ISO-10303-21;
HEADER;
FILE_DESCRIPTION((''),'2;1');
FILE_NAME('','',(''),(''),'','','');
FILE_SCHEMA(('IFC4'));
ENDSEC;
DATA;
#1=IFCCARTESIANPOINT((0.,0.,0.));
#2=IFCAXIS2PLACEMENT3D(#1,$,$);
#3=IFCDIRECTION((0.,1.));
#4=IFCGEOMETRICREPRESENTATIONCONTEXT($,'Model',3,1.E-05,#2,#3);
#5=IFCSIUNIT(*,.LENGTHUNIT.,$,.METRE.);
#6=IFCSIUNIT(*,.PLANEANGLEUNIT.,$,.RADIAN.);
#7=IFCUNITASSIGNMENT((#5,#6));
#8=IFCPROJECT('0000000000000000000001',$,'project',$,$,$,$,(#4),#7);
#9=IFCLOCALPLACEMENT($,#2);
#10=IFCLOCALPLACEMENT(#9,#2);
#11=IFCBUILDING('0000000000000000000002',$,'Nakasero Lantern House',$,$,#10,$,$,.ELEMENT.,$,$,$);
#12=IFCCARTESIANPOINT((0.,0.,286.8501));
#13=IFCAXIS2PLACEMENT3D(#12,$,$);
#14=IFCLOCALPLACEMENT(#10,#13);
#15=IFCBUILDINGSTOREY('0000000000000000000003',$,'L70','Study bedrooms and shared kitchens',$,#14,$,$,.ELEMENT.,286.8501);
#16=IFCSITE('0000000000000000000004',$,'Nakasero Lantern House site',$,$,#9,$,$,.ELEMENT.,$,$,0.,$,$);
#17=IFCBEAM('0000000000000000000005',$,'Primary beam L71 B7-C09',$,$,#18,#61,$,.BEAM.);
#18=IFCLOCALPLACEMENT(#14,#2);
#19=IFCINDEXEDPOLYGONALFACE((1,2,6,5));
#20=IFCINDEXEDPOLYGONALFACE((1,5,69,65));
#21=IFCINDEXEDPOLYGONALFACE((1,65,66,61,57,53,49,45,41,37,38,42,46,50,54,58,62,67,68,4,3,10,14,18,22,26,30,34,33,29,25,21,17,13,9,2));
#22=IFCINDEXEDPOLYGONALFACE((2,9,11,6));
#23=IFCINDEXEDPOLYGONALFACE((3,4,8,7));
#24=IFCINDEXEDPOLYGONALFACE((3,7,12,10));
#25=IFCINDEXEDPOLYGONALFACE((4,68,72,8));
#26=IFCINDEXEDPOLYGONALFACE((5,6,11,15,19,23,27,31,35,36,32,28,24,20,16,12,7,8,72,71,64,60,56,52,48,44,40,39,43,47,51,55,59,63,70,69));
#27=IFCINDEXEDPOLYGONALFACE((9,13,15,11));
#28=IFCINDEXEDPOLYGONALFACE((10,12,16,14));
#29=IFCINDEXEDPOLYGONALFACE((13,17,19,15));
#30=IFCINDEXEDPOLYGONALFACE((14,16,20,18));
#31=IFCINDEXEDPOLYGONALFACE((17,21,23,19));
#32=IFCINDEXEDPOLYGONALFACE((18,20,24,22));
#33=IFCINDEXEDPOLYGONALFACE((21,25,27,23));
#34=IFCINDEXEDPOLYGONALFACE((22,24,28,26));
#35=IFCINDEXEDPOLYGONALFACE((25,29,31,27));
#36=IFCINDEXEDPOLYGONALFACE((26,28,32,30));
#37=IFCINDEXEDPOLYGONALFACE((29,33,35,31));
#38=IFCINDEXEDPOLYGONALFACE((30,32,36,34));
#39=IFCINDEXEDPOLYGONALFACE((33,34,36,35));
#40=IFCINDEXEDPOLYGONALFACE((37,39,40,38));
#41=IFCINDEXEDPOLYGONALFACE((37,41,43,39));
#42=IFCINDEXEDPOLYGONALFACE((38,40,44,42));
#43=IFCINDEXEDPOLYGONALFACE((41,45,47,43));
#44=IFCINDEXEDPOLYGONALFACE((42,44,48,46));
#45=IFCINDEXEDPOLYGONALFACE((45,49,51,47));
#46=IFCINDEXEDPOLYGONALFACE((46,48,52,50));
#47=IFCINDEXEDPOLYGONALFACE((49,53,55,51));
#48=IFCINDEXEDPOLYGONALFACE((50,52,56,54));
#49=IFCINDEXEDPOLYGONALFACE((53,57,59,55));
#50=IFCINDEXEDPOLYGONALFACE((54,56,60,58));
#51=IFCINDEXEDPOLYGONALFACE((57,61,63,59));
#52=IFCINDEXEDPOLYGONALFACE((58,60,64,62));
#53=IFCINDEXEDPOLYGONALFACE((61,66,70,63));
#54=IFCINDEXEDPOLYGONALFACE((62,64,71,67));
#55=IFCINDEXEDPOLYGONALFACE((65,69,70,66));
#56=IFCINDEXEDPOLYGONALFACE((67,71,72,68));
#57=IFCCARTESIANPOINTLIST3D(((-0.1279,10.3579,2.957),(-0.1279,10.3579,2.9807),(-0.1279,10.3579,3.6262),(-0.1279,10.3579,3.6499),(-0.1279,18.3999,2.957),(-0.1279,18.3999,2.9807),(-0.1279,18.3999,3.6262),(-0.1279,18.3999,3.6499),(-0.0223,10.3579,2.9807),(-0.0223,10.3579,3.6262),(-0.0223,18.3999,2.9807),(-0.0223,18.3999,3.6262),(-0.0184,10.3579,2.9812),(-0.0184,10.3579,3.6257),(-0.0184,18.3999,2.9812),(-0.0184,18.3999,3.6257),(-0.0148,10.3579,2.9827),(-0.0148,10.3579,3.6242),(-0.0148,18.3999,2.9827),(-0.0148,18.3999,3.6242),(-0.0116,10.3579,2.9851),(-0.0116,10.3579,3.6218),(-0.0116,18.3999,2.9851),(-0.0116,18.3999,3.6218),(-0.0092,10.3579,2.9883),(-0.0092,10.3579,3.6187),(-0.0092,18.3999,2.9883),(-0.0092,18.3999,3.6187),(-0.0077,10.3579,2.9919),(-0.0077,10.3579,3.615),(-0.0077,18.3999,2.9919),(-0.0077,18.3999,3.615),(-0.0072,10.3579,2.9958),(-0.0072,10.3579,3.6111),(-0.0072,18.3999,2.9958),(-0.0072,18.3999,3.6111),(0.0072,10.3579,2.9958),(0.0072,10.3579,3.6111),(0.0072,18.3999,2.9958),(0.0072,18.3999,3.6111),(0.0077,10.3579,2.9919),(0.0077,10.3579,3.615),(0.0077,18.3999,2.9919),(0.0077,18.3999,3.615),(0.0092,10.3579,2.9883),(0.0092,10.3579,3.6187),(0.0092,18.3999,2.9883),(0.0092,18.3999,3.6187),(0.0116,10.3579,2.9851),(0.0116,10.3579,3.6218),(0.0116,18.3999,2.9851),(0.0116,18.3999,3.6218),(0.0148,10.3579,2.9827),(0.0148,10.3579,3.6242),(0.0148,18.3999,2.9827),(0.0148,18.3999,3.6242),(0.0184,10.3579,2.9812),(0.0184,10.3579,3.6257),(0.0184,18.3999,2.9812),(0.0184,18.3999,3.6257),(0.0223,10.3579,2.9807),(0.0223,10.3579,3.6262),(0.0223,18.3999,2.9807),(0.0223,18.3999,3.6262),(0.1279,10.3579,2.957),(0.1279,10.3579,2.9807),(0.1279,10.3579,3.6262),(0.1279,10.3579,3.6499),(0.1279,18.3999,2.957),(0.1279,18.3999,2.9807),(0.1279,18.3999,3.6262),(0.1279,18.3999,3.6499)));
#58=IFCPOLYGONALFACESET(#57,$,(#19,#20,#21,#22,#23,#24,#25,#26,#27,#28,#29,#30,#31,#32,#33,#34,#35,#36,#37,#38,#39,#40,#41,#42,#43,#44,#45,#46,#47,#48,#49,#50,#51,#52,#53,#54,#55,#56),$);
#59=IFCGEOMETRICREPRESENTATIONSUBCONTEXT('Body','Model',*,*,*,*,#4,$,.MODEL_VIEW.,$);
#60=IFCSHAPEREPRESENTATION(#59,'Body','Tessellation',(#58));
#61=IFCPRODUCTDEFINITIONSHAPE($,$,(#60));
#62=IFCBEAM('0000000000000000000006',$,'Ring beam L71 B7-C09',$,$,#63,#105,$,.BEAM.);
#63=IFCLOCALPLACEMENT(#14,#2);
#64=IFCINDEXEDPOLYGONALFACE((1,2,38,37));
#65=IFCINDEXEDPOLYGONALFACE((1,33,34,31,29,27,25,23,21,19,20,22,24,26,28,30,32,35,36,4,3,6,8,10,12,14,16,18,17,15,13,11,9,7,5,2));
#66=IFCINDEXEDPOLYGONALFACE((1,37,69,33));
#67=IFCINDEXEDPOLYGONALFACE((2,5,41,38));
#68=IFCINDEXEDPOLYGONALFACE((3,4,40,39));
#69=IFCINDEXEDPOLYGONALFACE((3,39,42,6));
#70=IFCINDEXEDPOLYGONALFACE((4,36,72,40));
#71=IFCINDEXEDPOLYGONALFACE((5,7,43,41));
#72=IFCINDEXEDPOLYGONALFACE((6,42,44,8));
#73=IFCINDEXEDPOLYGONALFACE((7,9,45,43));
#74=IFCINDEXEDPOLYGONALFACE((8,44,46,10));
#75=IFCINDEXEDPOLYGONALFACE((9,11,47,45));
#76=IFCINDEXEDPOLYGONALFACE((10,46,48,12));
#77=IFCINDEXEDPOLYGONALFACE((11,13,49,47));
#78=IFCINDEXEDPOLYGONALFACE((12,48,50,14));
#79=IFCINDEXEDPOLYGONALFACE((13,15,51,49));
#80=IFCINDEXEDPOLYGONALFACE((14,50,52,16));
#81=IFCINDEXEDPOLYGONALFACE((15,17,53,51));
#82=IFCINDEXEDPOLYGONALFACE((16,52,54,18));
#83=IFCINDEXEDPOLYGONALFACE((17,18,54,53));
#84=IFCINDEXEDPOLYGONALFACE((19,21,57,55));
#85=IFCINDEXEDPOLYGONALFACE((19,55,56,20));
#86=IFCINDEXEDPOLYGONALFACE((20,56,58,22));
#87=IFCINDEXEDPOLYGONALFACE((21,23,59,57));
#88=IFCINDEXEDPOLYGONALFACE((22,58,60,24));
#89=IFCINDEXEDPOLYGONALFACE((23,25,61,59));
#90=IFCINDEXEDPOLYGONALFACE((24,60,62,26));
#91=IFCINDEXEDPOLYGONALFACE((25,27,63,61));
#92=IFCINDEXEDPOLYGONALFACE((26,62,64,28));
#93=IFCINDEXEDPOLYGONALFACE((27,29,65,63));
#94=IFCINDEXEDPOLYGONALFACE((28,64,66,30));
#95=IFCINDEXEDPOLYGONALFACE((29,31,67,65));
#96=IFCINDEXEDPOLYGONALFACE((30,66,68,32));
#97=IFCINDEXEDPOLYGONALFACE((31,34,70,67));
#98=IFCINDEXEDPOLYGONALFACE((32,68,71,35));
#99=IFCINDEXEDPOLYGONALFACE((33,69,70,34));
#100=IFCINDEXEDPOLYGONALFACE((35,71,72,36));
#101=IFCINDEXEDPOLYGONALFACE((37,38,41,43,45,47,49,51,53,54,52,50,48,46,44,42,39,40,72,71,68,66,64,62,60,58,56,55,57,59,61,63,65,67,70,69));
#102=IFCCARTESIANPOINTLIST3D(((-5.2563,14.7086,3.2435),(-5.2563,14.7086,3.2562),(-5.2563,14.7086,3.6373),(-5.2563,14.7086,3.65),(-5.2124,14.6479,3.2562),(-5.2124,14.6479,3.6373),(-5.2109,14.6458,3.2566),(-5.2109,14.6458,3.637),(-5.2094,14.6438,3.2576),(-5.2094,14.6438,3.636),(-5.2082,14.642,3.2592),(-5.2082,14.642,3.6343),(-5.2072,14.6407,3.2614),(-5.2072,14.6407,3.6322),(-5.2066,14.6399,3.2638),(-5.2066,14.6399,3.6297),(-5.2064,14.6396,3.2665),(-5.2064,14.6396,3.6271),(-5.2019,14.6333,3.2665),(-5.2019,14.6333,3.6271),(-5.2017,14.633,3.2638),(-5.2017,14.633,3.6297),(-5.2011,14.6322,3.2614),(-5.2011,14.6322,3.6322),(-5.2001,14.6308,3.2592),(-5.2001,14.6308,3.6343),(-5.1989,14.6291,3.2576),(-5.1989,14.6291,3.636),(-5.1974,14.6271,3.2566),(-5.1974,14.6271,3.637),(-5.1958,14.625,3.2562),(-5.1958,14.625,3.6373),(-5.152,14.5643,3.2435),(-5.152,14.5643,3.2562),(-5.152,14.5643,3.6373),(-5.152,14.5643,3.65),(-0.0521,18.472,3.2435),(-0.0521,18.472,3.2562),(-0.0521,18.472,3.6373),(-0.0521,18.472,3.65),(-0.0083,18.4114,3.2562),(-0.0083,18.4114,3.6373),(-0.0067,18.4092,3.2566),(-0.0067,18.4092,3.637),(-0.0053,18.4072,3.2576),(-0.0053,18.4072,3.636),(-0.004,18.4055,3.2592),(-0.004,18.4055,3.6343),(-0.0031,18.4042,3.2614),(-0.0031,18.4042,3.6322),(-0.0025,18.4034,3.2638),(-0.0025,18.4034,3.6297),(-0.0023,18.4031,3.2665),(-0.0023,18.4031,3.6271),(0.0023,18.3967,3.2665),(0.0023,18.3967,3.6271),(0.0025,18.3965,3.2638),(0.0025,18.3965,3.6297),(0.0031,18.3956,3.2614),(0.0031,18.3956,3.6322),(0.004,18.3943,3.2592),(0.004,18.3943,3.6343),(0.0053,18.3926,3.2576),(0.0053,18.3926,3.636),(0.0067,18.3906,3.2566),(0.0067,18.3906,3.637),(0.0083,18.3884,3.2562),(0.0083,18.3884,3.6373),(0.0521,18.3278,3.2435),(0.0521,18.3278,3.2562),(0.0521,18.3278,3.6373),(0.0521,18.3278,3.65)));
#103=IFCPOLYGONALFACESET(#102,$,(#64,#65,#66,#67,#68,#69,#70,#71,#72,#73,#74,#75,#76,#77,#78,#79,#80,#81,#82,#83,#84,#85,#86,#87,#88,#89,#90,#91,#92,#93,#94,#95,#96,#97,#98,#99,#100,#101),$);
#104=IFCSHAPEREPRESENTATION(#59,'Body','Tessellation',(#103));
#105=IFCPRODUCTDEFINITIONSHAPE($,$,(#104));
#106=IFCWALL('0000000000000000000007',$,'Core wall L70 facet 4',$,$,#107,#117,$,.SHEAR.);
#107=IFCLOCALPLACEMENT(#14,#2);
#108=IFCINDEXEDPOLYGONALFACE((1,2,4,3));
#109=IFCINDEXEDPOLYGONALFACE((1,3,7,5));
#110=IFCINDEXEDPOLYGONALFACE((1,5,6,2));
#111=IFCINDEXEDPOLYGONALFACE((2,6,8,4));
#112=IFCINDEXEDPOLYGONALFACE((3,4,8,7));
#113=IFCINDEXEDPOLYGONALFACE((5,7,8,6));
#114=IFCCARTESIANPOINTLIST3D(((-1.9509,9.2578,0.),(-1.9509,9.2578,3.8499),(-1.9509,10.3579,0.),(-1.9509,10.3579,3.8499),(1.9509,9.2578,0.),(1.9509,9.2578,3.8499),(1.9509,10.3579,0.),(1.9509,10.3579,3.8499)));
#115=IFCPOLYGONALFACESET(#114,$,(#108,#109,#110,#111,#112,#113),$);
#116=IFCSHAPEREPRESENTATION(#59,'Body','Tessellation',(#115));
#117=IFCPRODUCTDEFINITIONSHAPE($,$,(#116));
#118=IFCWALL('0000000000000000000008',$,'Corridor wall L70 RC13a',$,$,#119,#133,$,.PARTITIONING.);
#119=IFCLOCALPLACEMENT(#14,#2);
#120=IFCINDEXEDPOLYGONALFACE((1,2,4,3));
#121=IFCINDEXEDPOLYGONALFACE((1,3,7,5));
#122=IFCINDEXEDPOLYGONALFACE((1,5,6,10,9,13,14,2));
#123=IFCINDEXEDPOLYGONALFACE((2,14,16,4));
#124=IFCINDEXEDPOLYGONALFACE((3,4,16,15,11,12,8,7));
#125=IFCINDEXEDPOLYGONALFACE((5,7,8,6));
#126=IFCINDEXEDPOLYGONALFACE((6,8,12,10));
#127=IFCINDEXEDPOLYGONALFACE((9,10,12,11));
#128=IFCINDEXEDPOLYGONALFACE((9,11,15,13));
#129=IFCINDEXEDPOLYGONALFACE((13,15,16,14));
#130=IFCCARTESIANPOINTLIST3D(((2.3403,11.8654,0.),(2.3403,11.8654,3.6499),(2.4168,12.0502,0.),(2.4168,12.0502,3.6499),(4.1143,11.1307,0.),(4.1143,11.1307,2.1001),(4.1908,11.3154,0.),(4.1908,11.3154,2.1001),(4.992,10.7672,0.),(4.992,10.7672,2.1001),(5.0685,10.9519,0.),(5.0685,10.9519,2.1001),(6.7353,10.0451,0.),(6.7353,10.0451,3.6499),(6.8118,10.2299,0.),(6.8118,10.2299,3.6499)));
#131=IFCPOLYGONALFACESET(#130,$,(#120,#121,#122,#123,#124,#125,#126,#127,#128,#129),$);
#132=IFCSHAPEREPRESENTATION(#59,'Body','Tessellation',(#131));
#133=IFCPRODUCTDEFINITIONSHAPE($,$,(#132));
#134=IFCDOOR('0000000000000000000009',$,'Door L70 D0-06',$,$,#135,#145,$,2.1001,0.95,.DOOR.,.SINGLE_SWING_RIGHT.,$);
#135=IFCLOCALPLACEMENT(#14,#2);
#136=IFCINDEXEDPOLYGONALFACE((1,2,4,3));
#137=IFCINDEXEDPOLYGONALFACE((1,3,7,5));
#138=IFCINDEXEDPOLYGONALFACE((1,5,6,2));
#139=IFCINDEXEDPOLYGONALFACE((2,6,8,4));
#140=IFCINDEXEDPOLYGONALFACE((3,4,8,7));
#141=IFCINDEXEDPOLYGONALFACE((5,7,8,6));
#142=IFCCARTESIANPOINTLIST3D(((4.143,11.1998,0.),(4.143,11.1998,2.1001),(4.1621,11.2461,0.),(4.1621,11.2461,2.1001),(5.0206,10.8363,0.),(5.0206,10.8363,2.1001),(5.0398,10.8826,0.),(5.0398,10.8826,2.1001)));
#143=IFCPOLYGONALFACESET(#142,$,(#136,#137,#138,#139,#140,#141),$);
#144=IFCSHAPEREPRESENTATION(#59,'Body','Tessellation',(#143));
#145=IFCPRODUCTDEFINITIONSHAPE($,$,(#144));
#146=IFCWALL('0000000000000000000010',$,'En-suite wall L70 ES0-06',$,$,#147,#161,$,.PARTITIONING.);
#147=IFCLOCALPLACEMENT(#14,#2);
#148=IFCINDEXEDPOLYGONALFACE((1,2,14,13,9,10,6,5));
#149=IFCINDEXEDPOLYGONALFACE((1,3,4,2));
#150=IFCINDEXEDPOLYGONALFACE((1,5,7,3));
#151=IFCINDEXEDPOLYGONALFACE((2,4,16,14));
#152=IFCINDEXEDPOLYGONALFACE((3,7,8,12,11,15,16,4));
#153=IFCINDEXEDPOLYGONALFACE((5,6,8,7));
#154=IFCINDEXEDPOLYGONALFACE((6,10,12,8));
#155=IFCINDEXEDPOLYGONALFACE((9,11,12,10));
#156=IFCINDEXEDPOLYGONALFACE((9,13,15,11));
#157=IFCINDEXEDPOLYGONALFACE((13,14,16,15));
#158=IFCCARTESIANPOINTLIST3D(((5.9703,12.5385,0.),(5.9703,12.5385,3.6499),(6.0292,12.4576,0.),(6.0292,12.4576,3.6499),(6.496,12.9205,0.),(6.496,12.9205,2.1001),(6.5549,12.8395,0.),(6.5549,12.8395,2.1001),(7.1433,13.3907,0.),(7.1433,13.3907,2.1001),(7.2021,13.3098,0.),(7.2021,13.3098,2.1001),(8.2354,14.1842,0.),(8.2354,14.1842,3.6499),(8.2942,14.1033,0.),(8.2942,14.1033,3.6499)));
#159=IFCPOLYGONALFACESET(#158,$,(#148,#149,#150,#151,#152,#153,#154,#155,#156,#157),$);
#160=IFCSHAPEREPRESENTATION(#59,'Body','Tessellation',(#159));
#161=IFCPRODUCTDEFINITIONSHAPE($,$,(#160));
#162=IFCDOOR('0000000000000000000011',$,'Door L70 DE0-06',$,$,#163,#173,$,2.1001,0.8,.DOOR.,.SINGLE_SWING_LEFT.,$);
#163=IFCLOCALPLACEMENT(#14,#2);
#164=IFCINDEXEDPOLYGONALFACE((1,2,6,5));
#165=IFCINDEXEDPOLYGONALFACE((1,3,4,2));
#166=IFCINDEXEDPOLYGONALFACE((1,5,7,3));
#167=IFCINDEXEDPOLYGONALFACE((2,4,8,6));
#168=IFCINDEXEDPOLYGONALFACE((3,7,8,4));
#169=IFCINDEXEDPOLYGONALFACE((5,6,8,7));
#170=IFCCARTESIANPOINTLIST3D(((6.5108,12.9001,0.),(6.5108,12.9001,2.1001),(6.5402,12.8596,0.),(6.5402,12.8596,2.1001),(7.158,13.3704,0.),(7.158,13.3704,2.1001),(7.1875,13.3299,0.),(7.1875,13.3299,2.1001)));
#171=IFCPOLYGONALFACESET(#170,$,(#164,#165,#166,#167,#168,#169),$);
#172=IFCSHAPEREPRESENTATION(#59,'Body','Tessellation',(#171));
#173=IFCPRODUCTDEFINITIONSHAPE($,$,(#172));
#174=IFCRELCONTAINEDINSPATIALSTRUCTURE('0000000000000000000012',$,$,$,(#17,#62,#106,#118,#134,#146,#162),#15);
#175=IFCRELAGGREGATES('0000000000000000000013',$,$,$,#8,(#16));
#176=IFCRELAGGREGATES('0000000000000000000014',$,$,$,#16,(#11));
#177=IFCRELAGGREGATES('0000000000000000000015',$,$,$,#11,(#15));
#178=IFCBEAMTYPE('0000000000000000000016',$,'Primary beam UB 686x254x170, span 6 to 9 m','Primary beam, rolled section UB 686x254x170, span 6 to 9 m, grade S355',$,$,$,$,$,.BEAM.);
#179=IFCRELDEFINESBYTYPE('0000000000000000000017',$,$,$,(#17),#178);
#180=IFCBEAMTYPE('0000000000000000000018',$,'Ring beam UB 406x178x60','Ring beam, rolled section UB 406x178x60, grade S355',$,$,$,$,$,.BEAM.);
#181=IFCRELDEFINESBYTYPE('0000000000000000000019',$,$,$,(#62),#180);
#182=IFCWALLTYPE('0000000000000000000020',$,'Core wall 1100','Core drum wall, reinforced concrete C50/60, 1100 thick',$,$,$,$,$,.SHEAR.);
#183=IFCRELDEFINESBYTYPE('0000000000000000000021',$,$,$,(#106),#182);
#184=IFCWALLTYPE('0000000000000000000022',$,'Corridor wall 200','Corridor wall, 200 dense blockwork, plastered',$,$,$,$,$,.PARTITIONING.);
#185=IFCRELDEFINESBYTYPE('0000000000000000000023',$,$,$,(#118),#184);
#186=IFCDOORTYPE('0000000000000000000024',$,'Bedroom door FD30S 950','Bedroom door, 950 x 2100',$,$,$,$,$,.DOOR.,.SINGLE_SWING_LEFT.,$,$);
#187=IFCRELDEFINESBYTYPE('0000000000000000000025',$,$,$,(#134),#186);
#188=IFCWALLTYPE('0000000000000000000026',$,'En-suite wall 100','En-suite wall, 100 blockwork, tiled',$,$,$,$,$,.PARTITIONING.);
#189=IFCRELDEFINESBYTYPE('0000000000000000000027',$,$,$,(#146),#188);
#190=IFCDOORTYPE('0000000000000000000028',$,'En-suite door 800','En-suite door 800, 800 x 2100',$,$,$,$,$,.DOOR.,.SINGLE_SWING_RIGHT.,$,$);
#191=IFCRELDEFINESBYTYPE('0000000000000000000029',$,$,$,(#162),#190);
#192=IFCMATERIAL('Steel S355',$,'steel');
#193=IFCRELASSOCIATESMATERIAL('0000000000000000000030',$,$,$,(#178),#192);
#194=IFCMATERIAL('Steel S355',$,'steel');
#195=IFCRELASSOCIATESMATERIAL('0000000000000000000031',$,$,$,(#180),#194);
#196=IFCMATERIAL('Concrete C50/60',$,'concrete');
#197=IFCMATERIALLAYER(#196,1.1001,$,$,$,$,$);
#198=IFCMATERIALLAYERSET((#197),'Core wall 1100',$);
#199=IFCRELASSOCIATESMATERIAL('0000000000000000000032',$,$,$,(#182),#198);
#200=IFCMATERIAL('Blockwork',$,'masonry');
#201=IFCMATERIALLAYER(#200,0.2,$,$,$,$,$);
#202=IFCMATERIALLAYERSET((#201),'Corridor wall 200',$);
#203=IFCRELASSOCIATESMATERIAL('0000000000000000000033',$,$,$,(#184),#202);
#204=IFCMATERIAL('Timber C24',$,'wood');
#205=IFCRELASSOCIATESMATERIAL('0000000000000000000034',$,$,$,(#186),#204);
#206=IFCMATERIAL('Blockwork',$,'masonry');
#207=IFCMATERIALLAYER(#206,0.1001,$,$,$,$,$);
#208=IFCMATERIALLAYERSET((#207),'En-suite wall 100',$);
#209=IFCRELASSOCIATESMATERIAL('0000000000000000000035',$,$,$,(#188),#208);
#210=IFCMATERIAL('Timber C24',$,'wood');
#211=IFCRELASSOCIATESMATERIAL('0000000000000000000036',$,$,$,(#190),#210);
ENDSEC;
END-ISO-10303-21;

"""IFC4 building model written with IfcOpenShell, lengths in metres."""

from ifc_helpers import new_model, si_unit, direction, frame, frame_2d, origin, origin_2d, place, context, subcontext, project, spatial, rectangle, i_section, extrude, material, layer, layer_set, material_profile, profile_set, type_object, element, fill, save


model = new_model("IFC4")

# Units and contexts
model_context = context("Model", 3, precision=1e-05, world=origin(), true_north=direction((0.0, 1.0)))
body_context = subcontext(model_context, "Body", "Model", "MODEL_VIEW")
ifc_project = project(units=[si_unit("LENGTHUNIT", "METRE"), si_unit("PLANEANGLEUNIT", "RADIAN")], contexts=[model_context])

# Site, building, storey
site_placement = place(None, origin())
site = spatial("IfcSite", under=ifc_project, at=site_placement, Name="Nakasero Lantern House site", CompositionType="ELEMENT", RefElevation=0.0)
building_placement = place(site_placement, origin())
building = spatial("IfcBuilding", under=site, at=building_placement, Name="Nakasero Lantern House", CompositionType="ELEMENT")
storey_placement = place(building_placement, frame((0.0, 0.0, 286.8501)))
storey = spatial("IfcBuildingStorey", under=building, at=storey_placement, Name="L70", Description="Study bedrooms and shared kitchens", CompositionType="ELEMENT", Elevation=286.8501)

# Beams
ifc_material_1 = material(Name="Steel S355", Category="steel")
ifc_material_profile_1 = material_profile(ifc_material_1, i_section(OverallWidth=0.2559, OverallDepth=0.6929, WebThickness=0.0144, FlangeThickness=0.0237, FilletRadius=0.0151, at=origin_2d()), Name="UB 686x254x170")
ifc_profile_set_1 = profile_set([ifc_material_profile_1], Name="Steel S355")
beam_type_1 = type_object("IfcBeamType", Name="Primary beam UB 686x254x170, span 6 to 9 m", Description="Primary beam, rolled section UB 686x254x170, span 6 to 9 m, grade S355", PredefinedType="BEAM", material=ifc_profile_set_1)
beam_1_placement = place(storey_placement, frame((0.0, 18.3999, 3.3035), z_axis=(0.0, -1.0, 0.0), x_axis=(1.0, 0.0, 0.0)))
element("IfcBeam", 1, at=beam_1_placement, inside=storey, type_object=beam_type_1, Name="Primary beam L71 B7-C09", PredefinedType="BEAM", context=body_context, shape_type="SweptSolid", body=[
    extrude(i_section(OverallWidth=0.2559, OverallDepth=0.6929, WebThickness=0.0144, FlangeThickness=0.0237, FilletRadius=0.0151, at=origin_2d()), origin(), (0.0, 0.0, 1.0), 8.042),
])
ifc_material_2 = material(Name="Steel S355", Category="steel")
ifc_material_profile_2 = material_profile(ifc_material_2, i_section(OverallWidth=0.178, OverallDepth=0.4065, WebThickness=0.0078, FlangeThickness=0.0127, FilletRadius=0.0103, at=origin_2d()), Name="UB 406x178x60")
ifc_profile_set_2 = profile_set([ifc_material_profile_2], Name="Steel S355")
beam_type_2 = type_object("IfcBeamType", Name="Ring beam UB 406x178x60", Description="Ring beam, rolled section UB 406x178x60, grade S355", PredefinedType="BEAM", material=ifc_profile_set_2)
beam_2_placement = place(storey_placement, frame((0.0, 18.3999, 3.4468), z_axis=(-0.810316, -0.585993, 0.0), x_axis=(0.585993, -0.810316, 0.0)))
element("IfcBeam", 2, at=beam_2_placement, inside=storey, type_object=beam_type_2, Name="Ring beam L71 B7-C09", PredefinedType="BEAM", context=body_context, shape_type="SweptSolid", body=[
    extrude(i_section(OverallWidth=0.178, OverallDepth=0.4065, WebThickness=0.0078, FlangeThickness=0.0127, FilletRadius=0.0103, at=origin_2d()), origin(), (0.0, 0.0, 1.0), 6.4224),
])

# Wall
ifc_material_3 = material(Name="Concrete C50/60", Category="concrete")
ifc_layer_1 = layer(ifc_material_3, 1.1001)
ifc_layer_set_1 = layer_set([ifc_layer_1], Name="Core wall 1100")
wall_type_1 = type_object("IfcWallType", Name="Core wall 1100", Description="Core drum wall, reinforced concrete C50/60, 1100 thick", PredefinedType="SHEAR", material=ifc_layer_set_1)
wall_1_placement = place(storey_placement, frame((1.9509, 9.8079, 0.0), z_axis=(0.0, 0.0, 1.0), x_axis=(-1.0, 0.0, 0.0)))
element("IfcWall", 3, at=wall_1_placement, inside=storey, type_object=wall_type_1, Name="Core wall L70 facet 4", PredefinedType="SHEAR", context=body_context, shape_type="SweptSolid", body=[
    extrude(rectangle(XDim=3.9019, YDim=1.1001, at=frame_2d((1.9509, 0.0))), origin(), (0.0, 0.0, 1.0), 3.8499),
])

# Walls, openings, doors
ifc_material_4 = material(Name="Blockwork", Category="masonry")
ifc_layer_2 = layer(ifc_material_4, 0.2)
ifc_layer_set_2 = layer_set([ifc_layer_2], Name="Corridor wall 200")
wall_type_2 = type_object("IfcWallType", Name="Corridor wall 200", Description="Corridor wall, 200 dense blockwork, plastered", PredefinedType="PARTITIONING", material=ifc_layer_set_2)
wall_2_placement = place(storey_placement, frame((2.3787, 11.9578, 0.0), z_axis=(0.0, 0.0, 1.0), x_axis=(0.923892, -0.382654, 0.0)))
wall_2 = element("IfcWall", 4, at=wall_2_placement, inside=storey, type_object=wall_type_2, Name="Corridor wall L70 RC13a", PredefinedType="PARTITIONING", context=body_context, shape_type="SweptSolid", body=[
    extrude(rectangle(XDim=4.7571, YDim=0.2, at=frame_2d((2.3784, 0.0))), origin(), (0.0, 0.0, 1.0), 3.6499),
])
opening_1_placement = place(wall_2_placement, frame((1.9199, 0.0, 0.0)))
opening_1 = element("IfcOpeningElement", 5, at=opening_1_placement, cuts=wall_2, PredefinedType="OPENING", context=body_context, shape_type="SweptSolid", body=[
    extrude(rectangle(XDim=0.95, YDim=2.1001, at=frame_2d((0.4751, 1.05))), frame((0.0, 0.1199, 0.0), z_axis=(0.0, -1.0, 0.0), x_axis=(1.0, 0.0, 0.0)), (0.0, 0.0, 1.0), 0.24),
])
ifc_material_5 = material(Name="Timber C24", Category="wood")
door_type_1 = type_object("IfcDoorType", Name="Bedroom door FD30S 950", Description="Bedroom door, 950 x 2100", OperationType="SINGLE_SWING_LEFT", PredefinedType="DOOR", material=ifc_material_5)
door_1_placement = place(opening_1_placement, origin())
door_1 = element("IfcDoor", 6, at=door_1_placement, inside=storey, type_object=door_type_1, Name="Door L70 D0-06", OperationType="SINGLE_SWING_RIGHT", OverallHeight=2.1001, OverallWidth=0.95, PredefinedType="DOOR", context=body_context, shape_type="SweptSolid", body=[
    extrude(rectangle(XDim=0.95, YDim=2.1001, at=frame_2d((0.4751, 1.05))), frame((0.0, 0.0249, 0.0), z_axis=(0.0, -1.0, 0.0), x_axis=(1.0, 0.0, 0.0)), (0.0, 0.0, 1.0), 0.05),
])
fill(opening_1, door_1)
ifc_material_6 = material(Name="Blockwork", Category="masonry")
ifc_layer_3 = layer(ifc_material_6, 0.1001)
ifc_layer_set_3 = layer_set([ifc_layer_3], Name="En-suite wall 100")
wall_type_3 = type_object("IfcWallType", Name="En-suite wall 100", Description="En-suite wall, 100 blockwork, tiled", PredefinedType="PARTITIONING", material=ifc_layer_set_3)
wall_3_placement = place(storey_placement, frame((5.9998, 12.498, 0.0), z_axis=(0.0, 0.0, 1.0), x_axis=(0.809011, 0.587793, 0.0)))
wall_3 = element("IfcWall", 7, at=wall_3_placement, inside=storey, type_object=wall_type_3, Name="En-suite wall L70 ES0-06", PredefinedType="PARTITIONING", context=body_context, shape_type="SweptSolid", body=[
    extrude(rectangle(XDim=2.7998, YDim=0.1001, at=frame_2d((1.3999, 0.0))), origin(), (0.0, 0.0, 1.0), 3.6499),
])
opening_2_placement = place(wall_3_placement, frame((0.6499, 0.0, 0.0)))
opening_2 = element("IfcOpeningElement", 8, at=opening_2_placement, cuts=wall_3, PredefinedType="OPENING", context=body_context, shape_type="SweptSolid", body=[
    extrude(rectangle(XDim=0.8, YDim=2.1001, at=frame_2d((0.3999, 1.05))), frame((0.0, 0.0701, 0.0), z_axis=(0.0, -1.0, 0.0), x_axis=(1.0, 0.0, 0.0)), (0.0, 0.0, 1.0), 0.1401),
])
ifc_material_7 = material(Name="Timber C24", Category="wood")
door_type_2 = type_object("IfcDoorType", Name="En-suite door 800", Description="En-suite door 800, 800 x 2100", OperationType="SINGLE_SWING_RIGHT", PredefinedType="DOOR", material=ifc_material_7)
door_2_placement = place(opening_2_placement, origin())
door_2 = element("IfcDoor", 9, at=door_2_placement, inside=storey, type_object=door_type_2, Name="Door L70 DE0-06", OperationType="SINGLE_SWING_LEFT", OverallHeight=2.1001, OverallWidth=0.8, PredefinedType="DOOR", context=body_context, shape_type="SweptSolid", body=[
    extrude(rectangle(XDim=0.8, YDim=2.1001, at=frame_2d((0.3999, 1.05))), frame((0.0, 0.0249, 0.0), z_axis=(0.0, -1.0, 0.0), x_axis=(1.0, 0.0, 0.0)), (0.0, 0.0, 1.0), 0.05),
])
fill(opening_2, door_2)

save(model, "model.ifc")
